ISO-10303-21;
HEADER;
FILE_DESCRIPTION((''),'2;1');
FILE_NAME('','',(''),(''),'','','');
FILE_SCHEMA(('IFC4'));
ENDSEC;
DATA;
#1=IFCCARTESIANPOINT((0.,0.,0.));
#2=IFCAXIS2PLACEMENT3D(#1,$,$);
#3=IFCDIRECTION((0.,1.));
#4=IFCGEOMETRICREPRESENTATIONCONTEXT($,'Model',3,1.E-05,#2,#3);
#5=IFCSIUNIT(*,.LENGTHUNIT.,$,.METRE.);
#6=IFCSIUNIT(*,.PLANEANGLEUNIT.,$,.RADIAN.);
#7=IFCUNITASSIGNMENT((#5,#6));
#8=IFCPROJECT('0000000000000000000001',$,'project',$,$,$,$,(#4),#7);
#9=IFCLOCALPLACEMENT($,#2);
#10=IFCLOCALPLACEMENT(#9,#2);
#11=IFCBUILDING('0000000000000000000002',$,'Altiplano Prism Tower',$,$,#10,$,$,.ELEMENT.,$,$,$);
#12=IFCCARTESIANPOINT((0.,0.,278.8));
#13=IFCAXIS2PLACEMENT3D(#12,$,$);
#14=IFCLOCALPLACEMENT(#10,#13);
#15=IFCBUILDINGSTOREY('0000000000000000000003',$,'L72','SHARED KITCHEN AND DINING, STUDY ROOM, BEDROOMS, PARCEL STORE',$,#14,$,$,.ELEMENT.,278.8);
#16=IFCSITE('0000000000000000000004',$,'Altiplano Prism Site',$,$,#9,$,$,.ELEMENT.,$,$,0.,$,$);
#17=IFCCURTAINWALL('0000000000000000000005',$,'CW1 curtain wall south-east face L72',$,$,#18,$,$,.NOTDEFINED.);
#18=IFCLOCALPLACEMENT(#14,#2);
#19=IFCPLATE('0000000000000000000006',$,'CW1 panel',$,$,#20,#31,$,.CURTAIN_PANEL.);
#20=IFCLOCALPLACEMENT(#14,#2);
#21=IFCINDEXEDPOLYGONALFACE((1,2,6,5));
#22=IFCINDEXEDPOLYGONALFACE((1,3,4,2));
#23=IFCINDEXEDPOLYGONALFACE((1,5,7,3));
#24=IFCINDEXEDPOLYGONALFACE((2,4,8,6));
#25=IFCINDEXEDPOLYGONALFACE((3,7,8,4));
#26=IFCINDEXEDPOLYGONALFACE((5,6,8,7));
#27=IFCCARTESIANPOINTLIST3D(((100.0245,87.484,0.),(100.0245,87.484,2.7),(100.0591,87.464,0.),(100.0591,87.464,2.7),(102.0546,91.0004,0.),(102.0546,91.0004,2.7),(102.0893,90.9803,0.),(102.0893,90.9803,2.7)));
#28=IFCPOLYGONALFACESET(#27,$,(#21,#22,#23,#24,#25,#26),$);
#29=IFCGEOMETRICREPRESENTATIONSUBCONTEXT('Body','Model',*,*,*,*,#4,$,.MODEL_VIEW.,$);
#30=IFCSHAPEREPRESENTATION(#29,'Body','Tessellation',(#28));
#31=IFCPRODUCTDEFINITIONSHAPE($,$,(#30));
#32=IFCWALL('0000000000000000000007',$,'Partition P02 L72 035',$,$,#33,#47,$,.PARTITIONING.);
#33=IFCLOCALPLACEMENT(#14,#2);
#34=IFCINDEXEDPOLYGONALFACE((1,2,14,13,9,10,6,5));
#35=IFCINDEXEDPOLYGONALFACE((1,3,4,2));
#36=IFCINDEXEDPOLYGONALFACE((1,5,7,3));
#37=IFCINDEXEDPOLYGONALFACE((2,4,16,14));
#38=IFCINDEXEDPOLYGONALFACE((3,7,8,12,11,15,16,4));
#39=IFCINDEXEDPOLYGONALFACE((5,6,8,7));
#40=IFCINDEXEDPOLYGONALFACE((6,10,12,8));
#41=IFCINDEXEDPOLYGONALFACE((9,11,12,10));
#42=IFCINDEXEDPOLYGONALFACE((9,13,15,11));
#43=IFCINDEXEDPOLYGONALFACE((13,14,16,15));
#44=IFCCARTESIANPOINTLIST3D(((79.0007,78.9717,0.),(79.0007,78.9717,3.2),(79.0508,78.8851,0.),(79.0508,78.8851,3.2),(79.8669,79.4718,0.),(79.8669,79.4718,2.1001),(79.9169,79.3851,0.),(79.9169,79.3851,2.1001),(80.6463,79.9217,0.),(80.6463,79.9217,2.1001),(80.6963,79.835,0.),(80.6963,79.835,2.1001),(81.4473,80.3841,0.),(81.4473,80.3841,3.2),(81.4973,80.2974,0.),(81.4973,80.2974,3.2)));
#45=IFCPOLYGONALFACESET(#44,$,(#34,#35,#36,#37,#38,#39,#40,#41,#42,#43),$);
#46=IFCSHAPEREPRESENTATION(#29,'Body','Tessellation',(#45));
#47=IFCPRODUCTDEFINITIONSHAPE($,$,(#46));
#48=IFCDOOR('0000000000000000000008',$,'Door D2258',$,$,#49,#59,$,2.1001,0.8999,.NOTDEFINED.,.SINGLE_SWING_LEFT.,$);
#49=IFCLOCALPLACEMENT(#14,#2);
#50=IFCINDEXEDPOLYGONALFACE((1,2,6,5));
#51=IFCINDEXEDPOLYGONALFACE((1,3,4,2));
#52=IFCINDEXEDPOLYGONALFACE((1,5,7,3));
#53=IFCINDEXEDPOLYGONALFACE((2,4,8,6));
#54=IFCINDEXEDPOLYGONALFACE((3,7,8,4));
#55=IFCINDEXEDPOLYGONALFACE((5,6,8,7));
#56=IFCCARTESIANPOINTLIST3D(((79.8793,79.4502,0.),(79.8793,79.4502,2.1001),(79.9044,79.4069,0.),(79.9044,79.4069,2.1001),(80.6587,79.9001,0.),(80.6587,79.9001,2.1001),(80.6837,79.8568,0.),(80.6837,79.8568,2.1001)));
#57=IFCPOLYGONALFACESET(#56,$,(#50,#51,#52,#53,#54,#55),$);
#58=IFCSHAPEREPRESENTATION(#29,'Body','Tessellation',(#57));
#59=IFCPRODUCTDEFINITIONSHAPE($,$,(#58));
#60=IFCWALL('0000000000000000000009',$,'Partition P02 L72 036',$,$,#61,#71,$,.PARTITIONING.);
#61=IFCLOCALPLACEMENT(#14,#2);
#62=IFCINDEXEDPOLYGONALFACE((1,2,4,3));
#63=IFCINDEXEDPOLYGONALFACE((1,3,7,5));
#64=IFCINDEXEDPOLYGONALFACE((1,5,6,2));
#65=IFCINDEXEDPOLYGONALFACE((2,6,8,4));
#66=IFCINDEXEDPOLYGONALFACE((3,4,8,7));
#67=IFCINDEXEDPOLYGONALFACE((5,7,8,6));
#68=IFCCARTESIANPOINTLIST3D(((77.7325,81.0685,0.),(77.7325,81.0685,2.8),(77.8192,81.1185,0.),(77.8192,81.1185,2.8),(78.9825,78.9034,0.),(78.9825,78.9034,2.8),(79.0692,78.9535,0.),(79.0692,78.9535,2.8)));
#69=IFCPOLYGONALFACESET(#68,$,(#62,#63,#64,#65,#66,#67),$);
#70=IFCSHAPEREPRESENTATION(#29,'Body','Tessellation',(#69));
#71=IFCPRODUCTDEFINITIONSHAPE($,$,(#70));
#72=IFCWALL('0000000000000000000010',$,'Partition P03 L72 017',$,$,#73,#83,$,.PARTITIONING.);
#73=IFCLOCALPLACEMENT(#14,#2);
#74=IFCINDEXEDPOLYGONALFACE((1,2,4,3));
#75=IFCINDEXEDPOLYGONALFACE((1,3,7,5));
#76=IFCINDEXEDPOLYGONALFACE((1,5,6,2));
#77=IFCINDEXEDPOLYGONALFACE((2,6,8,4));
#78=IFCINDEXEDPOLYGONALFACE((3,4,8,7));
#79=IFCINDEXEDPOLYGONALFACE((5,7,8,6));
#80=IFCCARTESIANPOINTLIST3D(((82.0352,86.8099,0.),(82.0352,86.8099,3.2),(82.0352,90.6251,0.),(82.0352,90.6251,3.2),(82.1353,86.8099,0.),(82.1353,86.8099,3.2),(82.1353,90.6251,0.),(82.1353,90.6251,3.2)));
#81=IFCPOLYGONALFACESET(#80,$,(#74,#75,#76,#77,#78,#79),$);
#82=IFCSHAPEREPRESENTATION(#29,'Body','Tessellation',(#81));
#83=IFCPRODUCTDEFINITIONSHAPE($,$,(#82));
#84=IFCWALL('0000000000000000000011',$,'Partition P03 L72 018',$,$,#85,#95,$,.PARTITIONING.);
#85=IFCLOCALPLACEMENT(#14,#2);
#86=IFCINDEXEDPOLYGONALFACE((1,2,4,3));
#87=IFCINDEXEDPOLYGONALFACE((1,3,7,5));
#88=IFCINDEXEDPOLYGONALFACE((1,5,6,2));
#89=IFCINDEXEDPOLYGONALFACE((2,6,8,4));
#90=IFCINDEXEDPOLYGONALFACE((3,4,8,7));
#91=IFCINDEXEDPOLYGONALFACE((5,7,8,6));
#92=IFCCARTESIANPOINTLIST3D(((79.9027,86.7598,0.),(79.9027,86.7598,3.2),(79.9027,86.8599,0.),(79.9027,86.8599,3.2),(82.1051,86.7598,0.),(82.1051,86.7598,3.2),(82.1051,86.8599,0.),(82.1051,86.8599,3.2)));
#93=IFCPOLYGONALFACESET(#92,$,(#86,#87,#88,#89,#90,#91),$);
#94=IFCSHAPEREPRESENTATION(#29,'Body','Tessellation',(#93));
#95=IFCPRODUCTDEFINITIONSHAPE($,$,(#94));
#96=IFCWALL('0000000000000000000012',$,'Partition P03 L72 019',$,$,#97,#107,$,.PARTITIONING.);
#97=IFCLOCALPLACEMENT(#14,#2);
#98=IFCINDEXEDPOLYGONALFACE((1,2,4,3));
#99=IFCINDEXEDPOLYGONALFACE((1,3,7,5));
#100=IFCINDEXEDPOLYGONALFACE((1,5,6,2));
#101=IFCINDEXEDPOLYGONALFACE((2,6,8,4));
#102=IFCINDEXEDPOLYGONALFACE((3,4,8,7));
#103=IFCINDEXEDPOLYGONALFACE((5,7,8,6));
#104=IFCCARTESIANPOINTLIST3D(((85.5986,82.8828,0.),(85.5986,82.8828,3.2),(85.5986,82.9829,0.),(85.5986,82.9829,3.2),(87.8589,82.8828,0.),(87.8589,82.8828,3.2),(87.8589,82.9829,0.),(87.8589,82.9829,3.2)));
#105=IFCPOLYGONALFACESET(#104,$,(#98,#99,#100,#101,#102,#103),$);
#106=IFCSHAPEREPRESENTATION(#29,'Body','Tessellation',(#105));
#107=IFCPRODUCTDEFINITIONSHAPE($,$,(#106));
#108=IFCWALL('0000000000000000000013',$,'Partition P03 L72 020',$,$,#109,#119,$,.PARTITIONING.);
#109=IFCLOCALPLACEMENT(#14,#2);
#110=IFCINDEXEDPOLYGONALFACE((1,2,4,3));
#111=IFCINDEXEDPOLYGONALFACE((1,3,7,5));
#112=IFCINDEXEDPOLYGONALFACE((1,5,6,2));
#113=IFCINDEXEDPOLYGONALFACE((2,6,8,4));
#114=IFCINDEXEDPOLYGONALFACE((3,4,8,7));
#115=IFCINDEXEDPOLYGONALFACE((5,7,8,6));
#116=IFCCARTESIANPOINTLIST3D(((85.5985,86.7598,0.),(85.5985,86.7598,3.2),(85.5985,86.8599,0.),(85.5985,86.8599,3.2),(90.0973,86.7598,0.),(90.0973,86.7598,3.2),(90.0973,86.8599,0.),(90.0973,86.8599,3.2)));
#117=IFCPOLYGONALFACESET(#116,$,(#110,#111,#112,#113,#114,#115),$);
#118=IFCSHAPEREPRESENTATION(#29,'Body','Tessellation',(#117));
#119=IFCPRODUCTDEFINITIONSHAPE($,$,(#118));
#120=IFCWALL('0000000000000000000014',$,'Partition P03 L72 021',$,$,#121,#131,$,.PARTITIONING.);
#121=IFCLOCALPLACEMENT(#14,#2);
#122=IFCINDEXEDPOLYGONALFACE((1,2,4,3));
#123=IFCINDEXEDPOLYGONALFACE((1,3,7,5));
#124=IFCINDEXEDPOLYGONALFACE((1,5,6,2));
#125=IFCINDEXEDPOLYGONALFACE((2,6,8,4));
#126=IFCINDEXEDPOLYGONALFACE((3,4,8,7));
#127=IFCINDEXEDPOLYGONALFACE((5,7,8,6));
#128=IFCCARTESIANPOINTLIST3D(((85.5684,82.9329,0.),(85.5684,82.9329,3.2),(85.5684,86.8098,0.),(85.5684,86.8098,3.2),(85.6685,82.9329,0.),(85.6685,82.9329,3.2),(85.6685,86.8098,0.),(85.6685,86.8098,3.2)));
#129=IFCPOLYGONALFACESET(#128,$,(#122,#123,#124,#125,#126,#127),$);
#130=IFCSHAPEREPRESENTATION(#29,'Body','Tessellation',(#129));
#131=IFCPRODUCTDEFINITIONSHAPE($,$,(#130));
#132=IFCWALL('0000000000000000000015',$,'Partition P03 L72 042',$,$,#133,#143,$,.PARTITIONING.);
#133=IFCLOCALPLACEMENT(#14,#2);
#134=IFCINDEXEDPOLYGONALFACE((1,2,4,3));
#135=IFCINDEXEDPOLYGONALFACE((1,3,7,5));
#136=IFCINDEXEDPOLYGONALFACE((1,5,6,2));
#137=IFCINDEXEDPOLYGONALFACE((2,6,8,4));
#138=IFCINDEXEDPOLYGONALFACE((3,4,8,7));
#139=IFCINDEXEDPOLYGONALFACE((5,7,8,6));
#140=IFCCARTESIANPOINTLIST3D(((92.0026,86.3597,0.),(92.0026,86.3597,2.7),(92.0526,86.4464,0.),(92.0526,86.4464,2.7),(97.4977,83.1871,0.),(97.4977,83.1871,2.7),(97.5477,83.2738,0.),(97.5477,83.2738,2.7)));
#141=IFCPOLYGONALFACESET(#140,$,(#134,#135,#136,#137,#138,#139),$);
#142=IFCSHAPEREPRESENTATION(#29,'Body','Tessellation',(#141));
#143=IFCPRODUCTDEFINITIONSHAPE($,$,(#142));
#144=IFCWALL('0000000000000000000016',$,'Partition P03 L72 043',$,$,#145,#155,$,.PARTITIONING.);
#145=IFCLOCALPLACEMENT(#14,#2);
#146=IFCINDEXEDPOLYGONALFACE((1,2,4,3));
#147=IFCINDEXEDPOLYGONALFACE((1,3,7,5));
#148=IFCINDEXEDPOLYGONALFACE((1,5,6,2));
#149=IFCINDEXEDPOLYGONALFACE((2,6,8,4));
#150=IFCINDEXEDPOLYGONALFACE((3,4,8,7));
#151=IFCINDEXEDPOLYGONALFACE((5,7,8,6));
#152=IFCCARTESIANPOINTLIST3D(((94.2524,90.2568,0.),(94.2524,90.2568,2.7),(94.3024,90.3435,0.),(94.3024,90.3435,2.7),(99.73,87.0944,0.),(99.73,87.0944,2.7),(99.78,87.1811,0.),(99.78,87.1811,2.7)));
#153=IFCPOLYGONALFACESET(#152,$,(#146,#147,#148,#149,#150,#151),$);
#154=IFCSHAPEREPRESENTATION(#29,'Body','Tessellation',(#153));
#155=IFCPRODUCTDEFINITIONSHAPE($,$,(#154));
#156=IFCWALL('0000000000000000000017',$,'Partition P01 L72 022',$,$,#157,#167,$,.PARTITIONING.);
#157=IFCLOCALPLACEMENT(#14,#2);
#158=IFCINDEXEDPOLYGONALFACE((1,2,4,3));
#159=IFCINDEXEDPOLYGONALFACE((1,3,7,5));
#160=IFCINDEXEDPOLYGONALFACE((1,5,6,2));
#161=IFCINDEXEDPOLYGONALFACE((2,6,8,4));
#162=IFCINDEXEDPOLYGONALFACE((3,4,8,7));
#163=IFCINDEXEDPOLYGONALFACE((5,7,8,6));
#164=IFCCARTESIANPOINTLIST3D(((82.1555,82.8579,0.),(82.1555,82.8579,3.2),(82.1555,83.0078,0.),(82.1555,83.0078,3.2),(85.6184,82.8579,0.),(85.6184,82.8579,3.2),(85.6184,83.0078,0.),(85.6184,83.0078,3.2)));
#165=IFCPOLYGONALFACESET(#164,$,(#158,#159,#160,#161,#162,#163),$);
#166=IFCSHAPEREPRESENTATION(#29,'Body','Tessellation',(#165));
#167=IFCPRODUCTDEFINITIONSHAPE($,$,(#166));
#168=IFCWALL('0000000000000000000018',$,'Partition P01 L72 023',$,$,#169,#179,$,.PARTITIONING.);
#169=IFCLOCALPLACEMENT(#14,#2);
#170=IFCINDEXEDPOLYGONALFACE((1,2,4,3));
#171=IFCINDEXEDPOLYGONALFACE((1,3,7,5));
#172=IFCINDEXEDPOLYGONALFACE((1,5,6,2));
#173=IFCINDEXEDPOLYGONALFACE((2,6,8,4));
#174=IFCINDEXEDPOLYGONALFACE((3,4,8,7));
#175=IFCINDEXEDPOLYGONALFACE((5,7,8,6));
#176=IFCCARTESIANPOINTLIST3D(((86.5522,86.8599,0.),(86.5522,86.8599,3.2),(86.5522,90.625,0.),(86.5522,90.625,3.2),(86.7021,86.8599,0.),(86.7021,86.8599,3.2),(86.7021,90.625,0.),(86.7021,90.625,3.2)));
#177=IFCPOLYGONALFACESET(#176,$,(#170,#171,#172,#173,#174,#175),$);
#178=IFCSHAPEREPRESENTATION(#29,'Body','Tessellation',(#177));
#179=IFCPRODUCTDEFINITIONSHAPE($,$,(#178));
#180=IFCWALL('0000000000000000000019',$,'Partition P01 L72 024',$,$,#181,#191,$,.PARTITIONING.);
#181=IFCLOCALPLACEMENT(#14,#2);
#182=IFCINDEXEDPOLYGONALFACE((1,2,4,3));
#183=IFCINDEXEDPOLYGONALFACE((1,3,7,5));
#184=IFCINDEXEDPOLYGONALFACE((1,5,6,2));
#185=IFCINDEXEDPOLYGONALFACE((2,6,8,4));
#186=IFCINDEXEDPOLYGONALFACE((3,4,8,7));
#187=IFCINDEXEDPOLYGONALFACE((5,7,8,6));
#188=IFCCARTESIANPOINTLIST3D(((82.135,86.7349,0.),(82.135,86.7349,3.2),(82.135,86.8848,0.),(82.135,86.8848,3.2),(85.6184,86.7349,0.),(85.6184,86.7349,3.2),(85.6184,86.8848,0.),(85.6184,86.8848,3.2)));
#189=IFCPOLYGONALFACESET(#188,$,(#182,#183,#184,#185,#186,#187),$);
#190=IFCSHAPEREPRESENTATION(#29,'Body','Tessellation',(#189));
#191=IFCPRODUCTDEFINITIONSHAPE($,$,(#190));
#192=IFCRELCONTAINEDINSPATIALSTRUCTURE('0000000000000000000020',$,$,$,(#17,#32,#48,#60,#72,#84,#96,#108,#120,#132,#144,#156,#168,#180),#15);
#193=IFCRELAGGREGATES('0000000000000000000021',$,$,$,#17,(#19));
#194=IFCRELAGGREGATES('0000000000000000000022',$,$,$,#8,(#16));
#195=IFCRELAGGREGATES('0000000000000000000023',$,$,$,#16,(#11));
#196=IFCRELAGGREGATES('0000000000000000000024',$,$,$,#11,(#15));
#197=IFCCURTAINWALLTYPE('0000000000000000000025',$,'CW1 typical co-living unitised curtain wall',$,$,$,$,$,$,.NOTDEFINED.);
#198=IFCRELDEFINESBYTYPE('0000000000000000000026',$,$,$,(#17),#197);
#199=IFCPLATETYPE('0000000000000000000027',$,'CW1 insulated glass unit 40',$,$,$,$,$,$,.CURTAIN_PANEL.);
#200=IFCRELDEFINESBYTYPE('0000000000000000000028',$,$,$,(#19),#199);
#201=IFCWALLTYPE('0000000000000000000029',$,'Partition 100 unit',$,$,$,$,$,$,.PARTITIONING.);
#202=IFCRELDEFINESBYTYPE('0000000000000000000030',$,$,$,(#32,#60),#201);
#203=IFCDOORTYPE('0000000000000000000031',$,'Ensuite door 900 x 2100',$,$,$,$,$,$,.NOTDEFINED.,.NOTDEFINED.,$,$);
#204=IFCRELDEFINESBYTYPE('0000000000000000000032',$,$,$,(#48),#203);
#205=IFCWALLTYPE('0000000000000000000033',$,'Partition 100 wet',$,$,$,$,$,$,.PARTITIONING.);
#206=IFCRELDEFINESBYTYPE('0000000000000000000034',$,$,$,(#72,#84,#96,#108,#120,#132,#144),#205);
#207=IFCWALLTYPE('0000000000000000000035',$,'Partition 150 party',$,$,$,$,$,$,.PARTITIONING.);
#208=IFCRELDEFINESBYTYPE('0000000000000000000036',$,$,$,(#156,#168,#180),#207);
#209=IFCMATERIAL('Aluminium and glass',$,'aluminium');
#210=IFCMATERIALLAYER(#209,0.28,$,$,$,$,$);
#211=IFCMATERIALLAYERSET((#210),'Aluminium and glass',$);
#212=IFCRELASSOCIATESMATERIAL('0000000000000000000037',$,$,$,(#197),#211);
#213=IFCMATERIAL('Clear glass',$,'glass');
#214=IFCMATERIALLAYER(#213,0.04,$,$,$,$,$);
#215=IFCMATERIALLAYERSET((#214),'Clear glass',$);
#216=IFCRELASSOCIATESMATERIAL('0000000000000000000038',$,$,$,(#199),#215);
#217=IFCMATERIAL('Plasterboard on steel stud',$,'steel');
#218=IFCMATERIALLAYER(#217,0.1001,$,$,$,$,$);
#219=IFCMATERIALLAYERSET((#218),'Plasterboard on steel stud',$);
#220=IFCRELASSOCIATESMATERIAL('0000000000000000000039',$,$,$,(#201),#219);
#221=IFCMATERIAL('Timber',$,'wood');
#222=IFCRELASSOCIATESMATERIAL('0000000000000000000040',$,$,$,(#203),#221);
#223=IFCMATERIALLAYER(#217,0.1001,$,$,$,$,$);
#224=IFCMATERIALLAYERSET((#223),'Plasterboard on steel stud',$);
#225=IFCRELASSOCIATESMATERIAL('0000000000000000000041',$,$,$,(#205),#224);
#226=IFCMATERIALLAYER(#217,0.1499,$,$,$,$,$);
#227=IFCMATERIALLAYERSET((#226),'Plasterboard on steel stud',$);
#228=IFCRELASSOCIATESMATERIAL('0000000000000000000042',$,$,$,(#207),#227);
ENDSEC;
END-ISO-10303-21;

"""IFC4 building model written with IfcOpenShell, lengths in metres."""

from ifc_helpers import new_model, si_unit, direction, frame, frame_2d, origin, origin_2d, place, context, subcontext, project, spatial, rectangle, extrude, material, layer, layer_set, type_object, element, fill, aggregate, save


model = new_model("IFC4")

# Units and contexts
model_context = context("Model", 3, precision=1e-05, world=origin(), true_north=direction((0.0, 1.0)))
body_context = subcontext(model_context, "Body", "Model", "MODEL_VIEW")
ifc_project = project(units=[si_unit("LENGTHUNIT", "METRE"), si_unit("PLANEANGLEUNIT", "RADIAN")], contexts=[model_context])

# Site, building, storey
site_placement = place(None, origin())
site = spatial("IfcSite", under=ifc_project, at=site_placement, Name="Altiplano Prism Site", CompositionType="ELEMENT", RefElevation=0.0)
building_placement = place(site_placement, origin())
building = spatial("IfcBuilding", under=site, at=building_placement, Name="Altiplano Prism Tower", CompositionType="ELEMENT")
storey_placement = place(building_placement, frame((0.0, 0.0, 278.8)))
storey = spatial("IfcBuildingStorey", under=building, at=storey_placement, Name="L72", Description="SHARED KITCHEN AND DINING, STUDY ROOM, BEDROOMS, PARCEL STORE", CompositionType="ELEMENT", Elevation=278.8)

# Curtain wall
ifc_material_1 = material(Name="Aluminium and glass", Category="aluminium")
ifc_layer_1 = layer(ifc_material_1, 0.28)
ifc_layer_set_1 = layer_set([ifc_layer_1], Name="Aluminium and glass")
curtain_wall_type = type_object("IfcCurtainWallType", Name="CW1 typical co-living unitised curtain wall", PredefinedType="NOTDEFINED", material=ifc_layer_set_1)
curtain_wall_placement = place(storey_placement, origin())
curtain_wall = element("IfcCurtainWall", 1, at=curtain_wall_placement, inside=storey, type_object=curtain_wall_type, Name="CW1 curtain wall south-east face L72", PredefinedType="NOTDEFINED")

# Plate
ifc_material_2 = material(Name="Clear glass", Category="glass")
ifc_layer_2 = layer(ifc_material_2, 0.04)
ifc_layer_set_2 = layer_set([ifc_layer_2], Name="Clear glass")
plate_type = type_object("IfcPlateType", Name="CW1 insulated glass unit 40", PredefinedType="CURTAIN_PANEL", material=ifc_layer_set_2)
plate_1_placement = place(storey_placement, frame((101.0569, 89.2322, 0.0), z_axis=(0.0, 0.0, 1.0), x_axis=(0.5, 0.866025, 0.0)))
plate_1 = element("IfcPlate", 2, at=plate_1_placement, type_object=plate_type, Name="CW1 panel", PredefinedType="CURTAIN_PANEL", context=body_context, shape_type="SweptSolid", body=[
    extrude(rectangle(XDim=4.0603, YDim=0.04, at=origin_2d()), origin(), (0.0, 0.0, 1.0), 2.7),
])
aggregate(curtain_wall, [plate_1])

# Wall, opening, door
ifc_material_3 = material(Name="Plasterboard on steel stud", Category="steel")
ifc_layer_3 = layer(ifc_material_3, 0.1001)
ifc_layer_set_3 = layer_set([ifc_layer_3], Name="Plasterboard on steel stud")
wall_type_1 = type_object("IfcWallType", Name="Partition 100 unit", PredefinedType="PARTITIONING", material=ifc_layer_set_3)
wall_1_placement = place(storey_placement, frame((81.4724, 80.3408, 0.0), z_axis=(0.0, 0.0, 1.0), x_axis=(-0.866049, -0.499959, 0.0)))
wall_1 = element("IfcWall", 3, at=wall_1_placement, inside=storey, type_object=wall_type_1, Name="Partition P02 L72 035", PredefinedType="PARTITIONING", context=body_context, shape_type="SweptSolid", body=[
    extrude(rectangle(XDim=2.825, YDim=0.1001, at=frame_2d((1.4126, 0.0))), origin(), (0.0, 0.0, 1.0), 3.2),
])
opening_placement = place(wall_1_placement, frame((0.925, 0.0, 0.0)))
opening = element("IfcOpeningElement", 4, at=opening_placement, cuts=wall_1, PredefinedType="OPENING", context=body_context, shape_type="SweptSolid", body=[
    extrude(rectangle(XDim=0.8999, YDim=2.1001, at=frame_2d((0.45, 1.05))), frame((0.0, 0.0605, 0.0), z_axis=(0.0, -1.0, 0.0), x_axis=(1.0, 0.0, 0.0)), (0.0, 0.0, 1.0), 0.1211),
])
ifc_material_4 = material(Name="Timber", Category="wood")
door_type = type_object("IfcDoorType", Name="Ensuite door 900 x 2100", OperationType="NOTDEFINED", PredefinedType="NOTDEFINED", material=ifc_material_4)
door_placement = place(opening_placement, origin())
door = element("IfcDoor", 5, at=door_placement, inside=storey, type_object=door_type, Name="Door D2258", OperationType="SINGLE_SWING_LEFT", OverallHeight=2.1001, OverallWidth=0.8999, PredefinedType="NOTDEFINED", context=body_context, shape_type="SweptSolid", body=[
    extrude(rectangle(XDim=0.8999, YDim=2.1001, at=frame_2d((0.45, 1.05))), frame((0.0, 0.0249, 0.0), z_axis=(0.0, -1.0, 0.0), x_axis=(1.0, 0.0, 0.0)), (0.0, 0.0, 1.0), 0.05),
])
fill(opening, door)

# Walls
wall_2_placement = place(storey_placement, frame((79.0259, 78.9285, 0.0), z_axis=(0.0, 0.0, 1.0), x_axis=(-0.500004, 0.866023, 0.0)))
element("IfcWall", 6, at=wall_2_placement, inside=storey, type_object=wall_type_1, Name="Partition P02 L72 036", PredefinedType="PARTITIONING", context=body_context, shape_type="SweptSolid", body=[
    extrude(rectangle(XDim=2.5, YDim=0.1001, at=frame_2d((1.25, 0.0))), origin(), (0.0, 0.0, 1.0), 2.8),
])
ifc_layer_4 = layer(ifc_material_3, 0.1001)
ifc_layer_set_4 = layer_set([ifc_layer_4], Name="Plasterboard on steel stud")
wall_type_2 = type_object("IfcWallType", Name="Partition 100 wet", PredefinedType="PARTITIONING", material=ifc_layer_set_4)
wall_3_placement = place(storey_placement, frame((82.0852, 86.8098, 0.0), z_axis=(0.0, 0.0, 1.0), x_axis=(0.0, 1.0, 0.0)))
element("IfcWall", 7, at=wall_3_placement, inside=storey, type_object=wall_type_2, Name="Partition P03 L72 017", PredefinedType="PARTITIONING", context=body_context, shape_type="SweptSolid", body=[
    extrude(rectangle(XDim=3.8152, YDim=0.1001, at=frame_2d((1.9077, 0.0))), origin(), (0.0, 0.0, 1.0), 3.2),
])
wall_4_placement = place(storey_placement, frame((79.9028, 86.8098, 0.0), z_axis=(0.0, 0.0, 1.0), x_axis=(1.0, 0.0, 0.0)))
element("IfcWall", 8, at=wall_4_placement, inside=storey, type_object=wall_type_2, Name="Partition P03 L72 018", PredefinedType="PARTITIONING", context=body_context, shape_type="SweptSolid", body=[
    extrude(rectangle(XDim=2.2024, YDim=0.1001, at=frame_2d((1.1011, 0.0))), origin(), (0.0, 0.0, 1.0), 3.2),
])
wall_5_placement = place(storey_placement, frame((85.5986, 82.9329, 0.0), z_axis=(0.0, 0.0, 1.0), x_axis=(1.0, 0.0, 0.0)))
element("IfcWall", 9, at=wall_5_placement, inside=storey, type_object=wall_type_2, Name="Partition P03 L72 019", PredefinedType="PARTITIONING", context=body_context, shape_type="SweptSolid", body=[
    extrude(rectangle(XDim=2.2603, YDim=0.1001, at=frame_2d((1.1301, 0.0))), origin(), (0.0, 0.0, 1.0), 3.2),
])
wall_6_placement = place(storey_placement, frame((90.0974, 86.8098, 0.0), z_axis=(0.0, 0.0, 1.0), x_axis=(-1.0, 0.0, 0.0)))
element("IfcWall", 10, at=wall_6_placement, inside=storey, type_object=wall_type_2, Name="Partition P03 L72 020", PredefinedType="PARTITIONING", context=body_context, shape_type="SweptSolid", body=[
    extrude(rectangle(XDim=4.4988, YDim=0.1001, at=frame_2d((2.2495, 0.0))), origin(), (0.0, 0.0, 1.0), 3.2),
])
wall_7_placement = place(storey_placement, frame((85.6184, 86.8098, 0.0), z_axis=(0.0, 0.0, 1.0), x_axis=(0.0, -1.0, 0.0)))
element("IfcWall", 11, at=wall_7_placement, inside=storey, type_object=wall_type_2, Name="Partition P03 L72 021", PredefinedType="PARTITIONING", context=body_context, shape_type="SweptSolid", body=[
    extrude(rectangle(XDim=3.877, YDim=0.1001, at=frame_2d((1.9385, 0.0))), origin(), (0.0, 0.0, 1.0), 3.2),
])
wall_8_placement = place(storey_placement, frame((97.5227, 83.2305, 0.0), z_axis=(0.0, 0.0, 1.0), x_axis=(-0.866025, 0.5, 0.0)))
element("IfcWall", 12, at=wall_8_placement, inside=storey, type_object=wall_type_2, Name="Partition P03 L72 042", PredefinedType="PARTITIONING", context=body_context, shape_type="SweptSolid", body=[
    extrude(rectangle(XDim=6.3452, YDim=0.1001, at=frame_2d((3.1726, 0.0))), origin(), (0.0, 0.0, 1.0), 2.7),
])
wall_9_placement = place(storey_placement, frame((99.7551, 87.1377, 0.0), z_axis=(0.0, 0.0, 1.0), x_axis=(-0.866033, 0.499988, 0.0)))
element("IfcWall", 13, at=wall_9_placement, inside=storey, type_object=wall_type_2, Name="Partition P03 L72 043", PredefinedType="PARTITIONING", context=body_context, shape_type="SweptSolid", body=[
    extrude(rectangle(XDim=6.325, YDim=0.1001, at=frame_2d((3.1626, 0.0))), origin(), (0.0, 0.0, 1.0), 2.7),
])
ifc_layer_5 = layer(ifc_material_3, 0.1499)
ifc_layer_set_5 = layer_set([ifc_layer_5], Name="Plasterboard on steel stud")
wall_type_3 = type_object("IfcWallType", Name="Partition 150 party", PredefinedType="PARTITIONING", material=ifc_layer_set_5)
wall_10_placement = place(storey_placement, frame((85.6184, 82.9329, 0.0), z_axis=(0.0, 0.0, 1.0), x_axis=(-1.0, 0.0, 0.0)))
element("IfcWall", 14, at=wall_10_placement, inside=storey, type_object=wall_type_3, Name="Partition P01 L72 022", PredefinedType="PARTITIONING", context=body_context, shape_type="SweptSolid", body=[
    extrude(rectangle(XDim=3.4629, YDim=0.1499, at=frame_2d((1.7314, 0.0))), origin(), (0.0, 0.0, 1.0), 3.2),
])
wall_11_placement = place(storey_placement, frame((86.6272, 86.8599, 0.0), z_axis=(0.0, 0.0, 1.0), x_axis=(0.0, 1.0, 0.0)))
element("IfcWall", 15, at=wall_11_placement, inside=storey, type_object=wall_type_3, Name="Partition P01 L72 023", PredefinedType="PARTITIONING", context=body_context, shape_type="SweptSolid", body=[
    extrude(rectangle(XDim=3.7651, YDim=0.1499, at=frame_2d((1.8826, 0.0))), origin(), (0.0, 0.0, 1.0), 3.2),
])
wall_12_placement = place(storey_placement, frame((82.135, 86.8098, 0.0), z_axis=(0.0, 0.0, 1.0), x_axis=(1.0, 0.0, 0.0)))
element("IfcWall", 16, at=wall_12_placement, inside=storey, type_object=wall_type_3, Name="Partition P01 L72 024", PredefinedType="PARTITIONING", context=body_context, shape_type="SweptSolid", body=[
    extrude(rectangle(XDim=3.4834, YDim=0.1499, at=frame_2d((1.7417, 0.0))), origin(), (0.0, 0.0, 1.0), 3.2),
])

save(model, "model.ifc")
